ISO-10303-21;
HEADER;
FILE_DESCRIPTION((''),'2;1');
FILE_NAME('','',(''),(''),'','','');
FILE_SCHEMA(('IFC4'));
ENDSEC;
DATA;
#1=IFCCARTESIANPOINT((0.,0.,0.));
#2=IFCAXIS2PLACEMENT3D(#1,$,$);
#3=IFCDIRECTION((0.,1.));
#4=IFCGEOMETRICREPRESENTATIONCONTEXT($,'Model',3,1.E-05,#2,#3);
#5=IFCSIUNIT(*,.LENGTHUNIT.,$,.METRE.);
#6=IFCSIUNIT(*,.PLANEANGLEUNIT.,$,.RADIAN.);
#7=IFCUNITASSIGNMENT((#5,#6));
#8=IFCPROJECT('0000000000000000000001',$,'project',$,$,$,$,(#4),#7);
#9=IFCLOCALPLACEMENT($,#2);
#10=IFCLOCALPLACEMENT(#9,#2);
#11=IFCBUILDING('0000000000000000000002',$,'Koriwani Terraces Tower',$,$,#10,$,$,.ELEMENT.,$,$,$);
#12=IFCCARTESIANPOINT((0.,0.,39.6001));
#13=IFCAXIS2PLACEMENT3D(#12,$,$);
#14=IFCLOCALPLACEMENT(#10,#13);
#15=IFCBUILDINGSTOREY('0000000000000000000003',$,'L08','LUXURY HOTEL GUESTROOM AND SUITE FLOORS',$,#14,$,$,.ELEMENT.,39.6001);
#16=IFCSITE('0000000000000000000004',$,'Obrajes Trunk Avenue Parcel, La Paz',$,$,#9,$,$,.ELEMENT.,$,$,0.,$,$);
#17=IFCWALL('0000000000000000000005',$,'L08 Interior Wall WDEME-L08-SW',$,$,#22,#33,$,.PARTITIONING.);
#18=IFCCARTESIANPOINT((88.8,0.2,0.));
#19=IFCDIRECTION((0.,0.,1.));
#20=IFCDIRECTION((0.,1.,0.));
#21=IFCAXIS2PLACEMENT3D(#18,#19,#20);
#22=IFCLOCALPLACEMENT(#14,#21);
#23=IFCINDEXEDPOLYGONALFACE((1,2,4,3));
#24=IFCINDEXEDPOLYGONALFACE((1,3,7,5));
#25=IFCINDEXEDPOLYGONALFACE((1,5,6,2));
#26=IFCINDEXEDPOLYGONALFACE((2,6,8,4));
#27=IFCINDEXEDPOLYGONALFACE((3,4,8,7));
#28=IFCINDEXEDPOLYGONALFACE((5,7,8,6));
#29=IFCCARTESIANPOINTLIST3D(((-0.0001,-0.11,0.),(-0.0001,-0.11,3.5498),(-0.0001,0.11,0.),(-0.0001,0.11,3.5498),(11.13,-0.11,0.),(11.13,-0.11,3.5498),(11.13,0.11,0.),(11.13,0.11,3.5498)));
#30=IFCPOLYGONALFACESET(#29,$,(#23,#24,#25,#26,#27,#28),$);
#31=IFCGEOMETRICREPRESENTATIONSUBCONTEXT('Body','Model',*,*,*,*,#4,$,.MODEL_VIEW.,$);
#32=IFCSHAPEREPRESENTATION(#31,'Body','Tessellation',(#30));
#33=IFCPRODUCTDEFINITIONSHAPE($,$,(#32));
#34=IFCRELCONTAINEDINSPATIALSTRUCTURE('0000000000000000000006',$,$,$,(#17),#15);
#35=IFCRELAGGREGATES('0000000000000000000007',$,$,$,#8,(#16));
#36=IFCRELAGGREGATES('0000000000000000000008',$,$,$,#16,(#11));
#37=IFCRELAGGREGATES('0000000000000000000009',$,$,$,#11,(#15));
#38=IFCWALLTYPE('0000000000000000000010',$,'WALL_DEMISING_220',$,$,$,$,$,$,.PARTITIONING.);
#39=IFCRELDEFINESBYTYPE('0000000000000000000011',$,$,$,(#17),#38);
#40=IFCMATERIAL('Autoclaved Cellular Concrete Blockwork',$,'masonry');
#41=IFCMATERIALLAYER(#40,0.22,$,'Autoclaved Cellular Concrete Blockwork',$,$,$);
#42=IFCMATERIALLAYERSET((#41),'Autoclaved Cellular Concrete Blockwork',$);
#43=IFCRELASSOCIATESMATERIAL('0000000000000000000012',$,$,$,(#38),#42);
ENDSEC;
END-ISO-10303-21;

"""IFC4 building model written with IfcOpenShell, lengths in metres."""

from ifc_helpers import new_model, si_unit, direction, frame, frame_2d, origin, place, context, subcontext, project, spatial, rectangle, extrude, material, layer, layer_set, type_object, element, save


model = new_model("IFC4")

# Units and contexts
model_context = context("Model", 3, precision=1e-05, world=origin(), true_north=direction((0.0, 1.0)))
body_context = subcontext(model_context, "Body", "Model", "MODEL_VIEW")
ifc_project = project(units=[si_unit("LENGTHUNIT", "METRE"), si_unit("PLANEANGLEUNIT", "RADIAN")], contexts=[model_context])

# Site, building, storey
site_placement = place(None, origin())
site = spatial("IfcSite", under=ifc_project, at=site_placement, Name="Obrajes Trunk Avenue Parcel, La Paz", CompositionType="ELEMENT", RefElevation=0.0)
building_placement = place(site_placement, origin())
building = spatial("IfcBuilding", under=site, at=building_placement, Name="Koriwani Terraces Tower", CompositionType="ELEMENT")
storey_placement = place(building_placement, frame((0.0, 0.0, 39.6001)))
storey = spatial("IfcBuildingStorey", under=building, at=storey_placement, Name="L08", Description="LUXURY HOTEL GUESTROOM AND SUITE FLOORS", CompositionType="ELEMENT", Elevation=39.6001)

# Wall
ifc_material_1 = material(Name="Autoclaved Cellular Concrete Blockwork", Category="masonry")
ifc_layer_1 = layer(ifc_material_1, 0.22, Name="Autoclaved Cellular Concrete Blockwork")
ifc_layer_set_1 = layer_set([ifc_layer_1], Name="Autoclaved Cellular Concrete Blockwork")
wall_type_1 = type_object("IfcWallType", Name="WALL_DEMISING_220", PredefinedType="PARTITIONING", material=ifc_layer_set_1)
wall_1_placement = place(storey_placement, frame((88.8, 0.2, 0.0), z_axis=(0.0, 0.0, 1.0), x_axis=(0.0, 1.0, 0.0)))
element("IfcWall", 1, at=wall_1_placement, inside=storey, type_object=wall_type_1, Name="L08 Interior Wall WDEME-L08-SW", PredefinedType="PARTITIONING", context=body_context, shape_type="SweptSolid", body=[
    extrude(rectangle(XDim=11.1301, YDim=0.22, at=frame_2d((5.5649, 0.0))), origin(), (0.0, 0.0, 1.0), 3.5498),
])

save(model, "model.ifc")
